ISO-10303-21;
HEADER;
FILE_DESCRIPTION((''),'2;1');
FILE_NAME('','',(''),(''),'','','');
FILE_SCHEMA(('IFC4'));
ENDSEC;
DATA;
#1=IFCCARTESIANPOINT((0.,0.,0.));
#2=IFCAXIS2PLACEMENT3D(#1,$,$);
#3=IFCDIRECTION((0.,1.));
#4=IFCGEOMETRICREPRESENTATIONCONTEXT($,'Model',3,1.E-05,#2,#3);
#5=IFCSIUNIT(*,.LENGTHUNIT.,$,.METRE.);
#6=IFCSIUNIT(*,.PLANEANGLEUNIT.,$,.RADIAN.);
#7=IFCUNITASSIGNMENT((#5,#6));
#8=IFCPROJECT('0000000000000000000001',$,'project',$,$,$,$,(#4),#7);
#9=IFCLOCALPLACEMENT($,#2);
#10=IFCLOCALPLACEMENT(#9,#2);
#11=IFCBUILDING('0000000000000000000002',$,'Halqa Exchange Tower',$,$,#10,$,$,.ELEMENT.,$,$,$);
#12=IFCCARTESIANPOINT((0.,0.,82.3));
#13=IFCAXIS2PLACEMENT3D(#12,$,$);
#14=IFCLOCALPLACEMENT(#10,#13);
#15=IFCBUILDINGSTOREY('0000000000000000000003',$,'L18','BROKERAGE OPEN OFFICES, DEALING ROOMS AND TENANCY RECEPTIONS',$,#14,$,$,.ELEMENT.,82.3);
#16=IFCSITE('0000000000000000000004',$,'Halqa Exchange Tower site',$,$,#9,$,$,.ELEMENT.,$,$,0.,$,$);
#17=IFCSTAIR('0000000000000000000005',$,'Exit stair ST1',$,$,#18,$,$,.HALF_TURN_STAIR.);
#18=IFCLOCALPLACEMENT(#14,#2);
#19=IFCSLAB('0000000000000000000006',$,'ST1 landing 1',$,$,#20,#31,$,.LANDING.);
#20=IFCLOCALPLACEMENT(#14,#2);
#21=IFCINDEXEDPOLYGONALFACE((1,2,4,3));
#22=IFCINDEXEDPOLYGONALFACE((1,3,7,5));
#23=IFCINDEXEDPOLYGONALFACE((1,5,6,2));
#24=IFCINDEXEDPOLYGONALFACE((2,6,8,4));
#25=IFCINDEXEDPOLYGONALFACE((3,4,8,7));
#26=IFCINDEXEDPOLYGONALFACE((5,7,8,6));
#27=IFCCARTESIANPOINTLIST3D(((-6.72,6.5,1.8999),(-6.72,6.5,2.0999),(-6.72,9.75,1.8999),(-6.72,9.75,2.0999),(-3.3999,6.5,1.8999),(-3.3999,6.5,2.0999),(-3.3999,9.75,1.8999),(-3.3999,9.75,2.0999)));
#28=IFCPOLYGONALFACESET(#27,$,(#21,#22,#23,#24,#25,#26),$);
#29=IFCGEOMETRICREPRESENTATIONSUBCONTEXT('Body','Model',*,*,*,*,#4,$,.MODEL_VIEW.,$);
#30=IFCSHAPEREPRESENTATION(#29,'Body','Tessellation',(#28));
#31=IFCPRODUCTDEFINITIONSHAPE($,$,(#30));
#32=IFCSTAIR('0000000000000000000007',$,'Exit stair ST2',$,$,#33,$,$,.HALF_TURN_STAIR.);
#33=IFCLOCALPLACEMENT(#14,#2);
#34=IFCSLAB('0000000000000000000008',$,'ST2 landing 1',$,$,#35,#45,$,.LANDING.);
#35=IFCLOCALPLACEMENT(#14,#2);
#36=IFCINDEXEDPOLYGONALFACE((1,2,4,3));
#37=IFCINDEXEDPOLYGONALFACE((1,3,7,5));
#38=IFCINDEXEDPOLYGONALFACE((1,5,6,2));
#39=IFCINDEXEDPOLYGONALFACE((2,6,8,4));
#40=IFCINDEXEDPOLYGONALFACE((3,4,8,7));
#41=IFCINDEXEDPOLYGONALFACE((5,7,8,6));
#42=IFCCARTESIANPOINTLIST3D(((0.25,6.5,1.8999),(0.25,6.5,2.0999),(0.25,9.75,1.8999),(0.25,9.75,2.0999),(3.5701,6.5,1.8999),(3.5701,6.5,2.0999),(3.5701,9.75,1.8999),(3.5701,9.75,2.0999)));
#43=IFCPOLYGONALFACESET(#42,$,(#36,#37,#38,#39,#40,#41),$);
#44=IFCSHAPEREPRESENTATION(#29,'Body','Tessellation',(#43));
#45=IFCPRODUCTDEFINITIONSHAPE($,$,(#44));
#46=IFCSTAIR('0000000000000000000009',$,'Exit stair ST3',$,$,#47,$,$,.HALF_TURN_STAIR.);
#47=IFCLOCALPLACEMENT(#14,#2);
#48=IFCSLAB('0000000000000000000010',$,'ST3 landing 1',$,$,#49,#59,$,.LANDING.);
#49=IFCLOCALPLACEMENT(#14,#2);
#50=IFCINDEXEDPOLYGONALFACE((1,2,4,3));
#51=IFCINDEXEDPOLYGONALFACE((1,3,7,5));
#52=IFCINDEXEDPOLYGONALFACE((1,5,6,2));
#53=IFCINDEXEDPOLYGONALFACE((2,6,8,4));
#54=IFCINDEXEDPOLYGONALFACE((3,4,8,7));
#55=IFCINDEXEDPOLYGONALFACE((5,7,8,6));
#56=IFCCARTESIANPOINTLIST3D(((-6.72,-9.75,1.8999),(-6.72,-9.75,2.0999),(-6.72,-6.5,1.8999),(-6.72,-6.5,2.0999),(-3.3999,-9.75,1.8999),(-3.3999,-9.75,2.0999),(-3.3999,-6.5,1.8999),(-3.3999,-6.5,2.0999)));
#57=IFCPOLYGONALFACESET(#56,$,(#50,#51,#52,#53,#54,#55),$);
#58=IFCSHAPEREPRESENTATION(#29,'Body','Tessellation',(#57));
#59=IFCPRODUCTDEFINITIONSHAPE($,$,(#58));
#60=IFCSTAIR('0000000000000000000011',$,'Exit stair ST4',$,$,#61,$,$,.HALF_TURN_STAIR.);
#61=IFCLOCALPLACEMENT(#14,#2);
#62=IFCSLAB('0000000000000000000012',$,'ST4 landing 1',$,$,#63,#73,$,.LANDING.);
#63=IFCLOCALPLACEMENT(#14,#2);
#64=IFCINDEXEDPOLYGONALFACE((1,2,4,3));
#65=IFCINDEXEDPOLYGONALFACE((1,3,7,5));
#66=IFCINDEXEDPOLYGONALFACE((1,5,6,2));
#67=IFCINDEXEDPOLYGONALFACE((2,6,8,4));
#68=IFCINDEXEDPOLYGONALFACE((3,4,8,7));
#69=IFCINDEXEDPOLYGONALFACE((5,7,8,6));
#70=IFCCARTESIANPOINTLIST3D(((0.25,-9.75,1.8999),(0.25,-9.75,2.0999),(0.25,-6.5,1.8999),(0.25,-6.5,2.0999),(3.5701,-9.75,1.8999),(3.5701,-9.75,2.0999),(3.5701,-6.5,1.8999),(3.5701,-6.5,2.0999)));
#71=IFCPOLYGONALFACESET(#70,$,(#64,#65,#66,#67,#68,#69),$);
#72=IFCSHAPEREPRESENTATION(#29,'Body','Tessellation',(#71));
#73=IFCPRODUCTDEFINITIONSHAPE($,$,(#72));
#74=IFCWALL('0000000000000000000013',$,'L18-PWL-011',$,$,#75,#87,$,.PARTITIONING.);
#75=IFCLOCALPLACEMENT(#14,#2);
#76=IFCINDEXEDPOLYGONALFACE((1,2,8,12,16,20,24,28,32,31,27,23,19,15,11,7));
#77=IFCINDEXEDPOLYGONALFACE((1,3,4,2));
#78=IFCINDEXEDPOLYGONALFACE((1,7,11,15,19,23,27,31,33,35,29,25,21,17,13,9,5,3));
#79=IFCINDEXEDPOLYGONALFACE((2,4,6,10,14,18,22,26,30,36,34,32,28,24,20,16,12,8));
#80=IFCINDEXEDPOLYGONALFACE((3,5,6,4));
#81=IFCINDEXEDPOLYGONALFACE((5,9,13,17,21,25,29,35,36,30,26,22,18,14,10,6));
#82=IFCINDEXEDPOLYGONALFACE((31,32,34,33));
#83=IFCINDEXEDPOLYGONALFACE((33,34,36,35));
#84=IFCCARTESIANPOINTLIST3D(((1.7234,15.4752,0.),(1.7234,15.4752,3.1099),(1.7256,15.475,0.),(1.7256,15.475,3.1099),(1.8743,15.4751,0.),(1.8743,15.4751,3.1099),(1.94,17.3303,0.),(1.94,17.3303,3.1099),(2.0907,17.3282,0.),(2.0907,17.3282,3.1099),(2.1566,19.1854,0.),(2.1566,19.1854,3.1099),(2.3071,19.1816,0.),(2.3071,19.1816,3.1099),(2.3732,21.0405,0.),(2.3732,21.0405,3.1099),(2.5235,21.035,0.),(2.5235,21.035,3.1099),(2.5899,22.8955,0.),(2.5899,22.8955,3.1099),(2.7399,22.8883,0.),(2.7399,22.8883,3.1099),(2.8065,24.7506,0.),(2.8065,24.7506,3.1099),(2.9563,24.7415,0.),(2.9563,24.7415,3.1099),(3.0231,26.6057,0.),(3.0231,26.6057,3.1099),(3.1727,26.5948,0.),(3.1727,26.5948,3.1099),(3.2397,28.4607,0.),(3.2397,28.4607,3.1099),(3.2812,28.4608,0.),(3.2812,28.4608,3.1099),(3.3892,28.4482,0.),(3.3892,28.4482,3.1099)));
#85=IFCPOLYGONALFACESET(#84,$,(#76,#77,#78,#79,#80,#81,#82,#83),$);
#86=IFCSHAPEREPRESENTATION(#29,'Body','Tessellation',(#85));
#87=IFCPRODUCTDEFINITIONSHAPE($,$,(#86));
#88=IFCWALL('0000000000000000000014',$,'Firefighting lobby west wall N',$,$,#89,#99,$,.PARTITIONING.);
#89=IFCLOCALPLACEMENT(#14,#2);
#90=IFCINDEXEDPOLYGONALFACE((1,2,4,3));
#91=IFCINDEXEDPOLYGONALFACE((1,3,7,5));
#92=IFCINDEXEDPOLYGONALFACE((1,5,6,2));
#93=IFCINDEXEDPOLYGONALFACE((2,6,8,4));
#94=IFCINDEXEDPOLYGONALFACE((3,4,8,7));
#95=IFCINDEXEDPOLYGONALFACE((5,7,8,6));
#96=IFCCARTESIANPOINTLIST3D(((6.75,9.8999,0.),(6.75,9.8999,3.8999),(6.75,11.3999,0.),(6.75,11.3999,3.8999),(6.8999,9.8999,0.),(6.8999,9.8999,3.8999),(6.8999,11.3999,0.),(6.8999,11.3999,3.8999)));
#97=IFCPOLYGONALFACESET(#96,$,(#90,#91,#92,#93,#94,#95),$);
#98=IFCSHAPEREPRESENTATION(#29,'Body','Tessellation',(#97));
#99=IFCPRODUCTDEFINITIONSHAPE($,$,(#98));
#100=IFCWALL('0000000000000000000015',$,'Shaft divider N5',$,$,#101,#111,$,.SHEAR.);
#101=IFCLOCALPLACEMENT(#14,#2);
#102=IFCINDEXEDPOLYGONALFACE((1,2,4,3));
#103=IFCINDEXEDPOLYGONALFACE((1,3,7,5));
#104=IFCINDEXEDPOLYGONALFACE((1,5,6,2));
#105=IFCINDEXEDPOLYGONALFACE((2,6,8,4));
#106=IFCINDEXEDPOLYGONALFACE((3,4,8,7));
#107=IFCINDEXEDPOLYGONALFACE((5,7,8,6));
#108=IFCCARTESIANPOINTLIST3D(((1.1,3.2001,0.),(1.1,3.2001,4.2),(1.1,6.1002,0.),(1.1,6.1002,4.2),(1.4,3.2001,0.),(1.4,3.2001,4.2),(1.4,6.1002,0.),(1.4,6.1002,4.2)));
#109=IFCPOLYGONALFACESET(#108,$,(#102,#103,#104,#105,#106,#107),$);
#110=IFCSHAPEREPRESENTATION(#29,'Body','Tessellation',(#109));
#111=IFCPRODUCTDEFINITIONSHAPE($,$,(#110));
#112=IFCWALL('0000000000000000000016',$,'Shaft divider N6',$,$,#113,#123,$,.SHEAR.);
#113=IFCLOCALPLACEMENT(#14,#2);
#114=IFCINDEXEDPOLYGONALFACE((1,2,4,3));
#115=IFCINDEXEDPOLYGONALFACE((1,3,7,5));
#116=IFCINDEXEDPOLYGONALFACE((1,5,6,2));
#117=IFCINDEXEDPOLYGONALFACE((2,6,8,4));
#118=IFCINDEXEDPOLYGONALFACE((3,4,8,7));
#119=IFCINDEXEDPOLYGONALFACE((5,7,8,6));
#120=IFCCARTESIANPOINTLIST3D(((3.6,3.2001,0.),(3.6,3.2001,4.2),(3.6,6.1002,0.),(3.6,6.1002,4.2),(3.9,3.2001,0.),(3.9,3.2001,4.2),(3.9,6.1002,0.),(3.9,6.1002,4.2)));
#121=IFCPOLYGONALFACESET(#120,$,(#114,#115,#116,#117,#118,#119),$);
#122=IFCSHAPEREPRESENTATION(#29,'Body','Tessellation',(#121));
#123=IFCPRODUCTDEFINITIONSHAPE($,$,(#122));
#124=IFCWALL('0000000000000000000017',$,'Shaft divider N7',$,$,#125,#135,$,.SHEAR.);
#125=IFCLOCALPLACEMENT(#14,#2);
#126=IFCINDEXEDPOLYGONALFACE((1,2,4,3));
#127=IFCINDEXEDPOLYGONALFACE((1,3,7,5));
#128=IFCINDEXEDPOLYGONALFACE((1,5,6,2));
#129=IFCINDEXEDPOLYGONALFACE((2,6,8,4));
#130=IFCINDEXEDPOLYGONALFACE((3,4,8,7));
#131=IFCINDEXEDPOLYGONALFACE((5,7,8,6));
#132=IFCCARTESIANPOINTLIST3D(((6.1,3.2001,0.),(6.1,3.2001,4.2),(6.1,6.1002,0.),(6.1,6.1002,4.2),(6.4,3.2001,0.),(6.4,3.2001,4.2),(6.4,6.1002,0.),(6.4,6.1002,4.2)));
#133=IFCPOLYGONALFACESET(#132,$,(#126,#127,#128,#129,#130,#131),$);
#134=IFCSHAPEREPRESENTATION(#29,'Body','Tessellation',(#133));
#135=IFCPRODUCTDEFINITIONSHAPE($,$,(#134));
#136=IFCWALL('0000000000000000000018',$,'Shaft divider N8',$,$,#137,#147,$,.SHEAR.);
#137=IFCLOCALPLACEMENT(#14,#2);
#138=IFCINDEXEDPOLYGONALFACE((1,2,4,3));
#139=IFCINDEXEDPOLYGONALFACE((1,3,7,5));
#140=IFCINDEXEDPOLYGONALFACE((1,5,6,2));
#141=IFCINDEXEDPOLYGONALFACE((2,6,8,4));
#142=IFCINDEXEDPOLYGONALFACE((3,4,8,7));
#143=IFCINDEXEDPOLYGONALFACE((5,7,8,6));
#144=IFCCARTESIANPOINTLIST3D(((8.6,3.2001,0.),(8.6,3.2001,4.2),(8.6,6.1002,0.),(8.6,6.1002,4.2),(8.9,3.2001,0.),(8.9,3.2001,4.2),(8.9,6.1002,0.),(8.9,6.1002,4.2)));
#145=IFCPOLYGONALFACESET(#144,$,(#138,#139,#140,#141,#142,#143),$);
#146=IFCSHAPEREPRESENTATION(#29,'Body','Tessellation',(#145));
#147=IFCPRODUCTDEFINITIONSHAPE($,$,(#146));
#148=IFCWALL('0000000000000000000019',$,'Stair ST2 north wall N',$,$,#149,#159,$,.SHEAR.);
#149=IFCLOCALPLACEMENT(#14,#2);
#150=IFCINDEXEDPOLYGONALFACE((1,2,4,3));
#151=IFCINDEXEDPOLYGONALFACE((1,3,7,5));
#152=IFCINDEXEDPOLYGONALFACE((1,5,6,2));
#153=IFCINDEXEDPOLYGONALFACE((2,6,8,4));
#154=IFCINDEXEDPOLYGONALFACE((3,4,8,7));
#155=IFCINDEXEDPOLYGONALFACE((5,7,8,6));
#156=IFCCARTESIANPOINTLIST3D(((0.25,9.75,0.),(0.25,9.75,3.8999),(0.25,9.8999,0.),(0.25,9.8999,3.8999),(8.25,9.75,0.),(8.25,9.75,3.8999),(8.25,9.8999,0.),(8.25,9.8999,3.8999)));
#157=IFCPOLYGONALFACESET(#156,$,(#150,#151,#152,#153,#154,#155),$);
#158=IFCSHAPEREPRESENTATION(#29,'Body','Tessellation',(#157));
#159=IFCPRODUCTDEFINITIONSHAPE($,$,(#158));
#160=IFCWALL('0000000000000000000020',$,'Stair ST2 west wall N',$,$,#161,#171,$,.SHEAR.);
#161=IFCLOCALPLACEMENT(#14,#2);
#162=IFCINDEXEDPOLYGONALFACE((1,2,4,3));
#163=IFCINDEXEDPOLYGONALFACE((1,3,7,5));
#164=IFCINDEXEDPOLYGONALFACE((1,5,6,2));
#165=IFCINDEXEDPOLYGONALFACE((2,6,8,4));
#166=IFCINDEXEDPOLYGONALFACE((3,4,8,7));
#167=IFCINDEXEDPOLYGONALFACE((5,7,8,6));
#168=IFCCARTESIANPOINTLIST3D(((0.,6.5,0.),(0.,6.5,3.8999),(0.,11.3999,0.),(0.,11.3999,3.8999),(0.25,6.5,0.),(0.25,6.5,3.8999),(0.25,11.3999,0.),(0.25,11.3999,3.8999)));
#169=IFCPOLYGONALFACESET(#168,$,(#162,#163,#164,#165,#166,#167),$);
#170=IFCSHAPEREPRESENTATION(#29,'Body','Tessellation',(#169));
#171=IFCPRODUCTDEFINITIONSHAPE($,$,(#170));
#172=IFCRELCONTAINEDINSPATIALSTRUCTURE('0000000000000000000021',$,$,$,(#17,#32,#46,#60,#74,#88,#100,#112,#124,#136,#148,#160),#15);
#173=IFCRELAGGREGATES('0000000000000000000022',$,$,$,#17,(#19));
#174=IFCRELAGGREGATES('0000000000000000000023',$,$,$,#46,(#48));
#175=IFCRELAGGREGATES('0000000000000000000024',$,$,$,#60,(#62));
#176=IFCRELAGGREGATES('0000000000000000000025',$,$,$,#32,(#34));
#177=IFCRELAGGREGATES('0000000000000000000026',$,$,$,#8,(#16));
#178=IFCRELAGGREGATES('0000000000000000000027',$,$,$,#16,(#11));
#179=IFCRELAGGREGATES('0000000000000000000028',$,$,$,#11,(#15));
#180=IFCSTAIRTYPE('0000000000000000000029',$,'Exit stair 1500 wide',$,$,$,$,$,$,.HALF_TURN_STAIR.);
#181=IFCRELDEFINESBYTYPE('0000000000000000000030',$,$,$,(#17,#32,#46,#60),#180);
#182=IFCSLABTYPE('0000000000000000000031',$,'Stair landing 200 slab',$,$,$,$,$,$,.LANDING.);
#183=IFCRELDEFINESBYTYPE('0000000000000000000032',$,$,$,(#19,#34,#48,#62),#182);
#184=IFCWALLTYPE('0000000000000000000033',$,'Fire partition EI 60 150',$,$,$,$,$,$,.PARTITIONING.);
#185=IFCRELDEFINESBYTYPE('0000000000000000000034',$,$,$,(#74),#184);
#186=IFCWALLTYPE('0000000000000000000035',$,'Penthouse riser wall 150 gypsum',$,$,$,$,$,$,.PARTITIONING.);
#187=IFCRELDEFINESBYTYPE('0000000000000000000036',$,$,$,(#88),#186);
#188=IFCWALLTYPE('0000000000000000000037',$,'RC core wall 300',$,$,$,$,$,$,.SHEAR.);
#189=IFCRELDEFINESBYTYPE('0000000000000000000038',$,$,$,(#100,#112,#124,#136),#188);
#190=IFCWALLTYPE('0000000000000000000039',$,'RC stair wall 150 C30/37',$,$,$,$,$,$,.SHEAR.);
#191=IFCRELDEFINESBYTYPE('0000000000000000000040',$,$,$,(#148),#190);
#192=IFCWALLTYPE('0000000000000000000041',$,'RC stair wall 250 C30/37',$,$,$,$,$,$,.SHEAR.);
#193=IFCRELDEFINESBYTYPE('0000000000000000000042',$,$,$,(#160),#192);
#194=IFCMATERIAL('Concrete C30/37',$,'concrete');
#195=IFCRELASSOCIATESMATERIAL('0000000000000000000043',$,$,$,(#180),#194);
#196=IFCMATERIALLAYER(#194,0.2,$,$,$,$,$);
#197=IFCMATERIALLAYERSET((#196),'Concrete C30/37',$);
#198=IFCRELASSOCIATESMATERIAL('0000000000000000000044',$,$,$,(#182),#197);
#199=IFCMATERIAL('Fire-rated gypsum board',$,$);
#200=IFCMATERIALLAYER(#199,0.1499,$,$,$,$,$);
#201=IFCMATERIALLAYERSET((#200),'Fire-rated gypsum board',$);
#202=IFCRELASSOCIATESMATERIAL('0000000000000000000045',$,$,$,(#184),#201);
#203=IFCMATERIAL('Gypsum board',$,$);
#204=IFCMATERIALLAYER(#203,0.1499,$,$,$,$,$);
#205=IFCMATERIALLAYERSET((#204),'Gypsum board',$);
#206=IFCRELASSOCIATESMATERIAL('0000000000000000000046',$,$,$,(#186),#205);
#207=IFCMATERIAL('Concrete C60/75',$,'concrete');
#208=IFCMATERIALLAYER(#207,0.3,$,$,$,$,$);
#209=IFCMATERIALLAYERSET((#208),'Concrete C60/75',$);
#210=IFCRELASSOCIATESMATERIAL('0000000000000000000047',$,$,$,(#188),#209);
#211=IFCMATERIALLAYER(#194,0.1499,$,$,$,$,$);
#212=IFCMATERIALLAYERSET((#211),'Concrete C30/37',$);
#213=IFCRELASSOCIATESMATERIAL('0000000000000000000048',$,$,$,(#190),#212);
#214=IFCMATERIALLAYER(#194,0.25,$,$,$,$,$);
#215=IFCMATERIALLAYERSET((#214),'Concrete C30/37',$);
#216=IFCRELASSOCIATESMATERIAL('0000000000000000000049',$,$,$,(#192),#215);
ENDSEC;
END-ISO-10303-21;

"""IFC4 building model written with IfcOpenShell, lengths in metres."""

from ifc_helpers import new_model, si_unit, direction, frame, frame_2d, origin, place, context, subcontext, project, spatial, polyline, rectangle, outline, extrude, material, layer, layer_set, type_object, element, aggregate, save


model = new_model("IFC4")

# Units and contexts
model_context = context("Model", 3, precision=1e-05, world=origin(), true_north=direction((0.0, 1.0)))
body_context = subcontext(model_context, "Body", "Model", "MODEL_VIEW")
ifc_project = project(units=[si_unit("LENGTHUNIT", "METRE"), si_unit("PLANEANGLEUNIT", "RADIAN")], contexts=[model_context])

# Site, building, storey
site_placement = place(None, origin())
site = spatial("IfcSite", under=ifc_project, at=site_placement, Name="Halqa Exchange Tower site", CompositionType="ELEMENT", RefElevation=0.0)
building_placement = place(site_placement, origin())
building = spatial("IfcBuilding", under=site, at=building_placement, Name="Halqa Exchange Tower", CompositionType="ELEMENT")
storey_placement = place(building_placement, frame((0.0, 0.0, 82.3)))
storey = spatial("IfcBuildingStorey", under=building, at=storey_placement, Name="L18", Description="BROKERAGE OPEN OFFICES, DEALING ROOMS AND TENANCY RECEPTIONS", CompositionType="ELEMENT", Elevation=82.3)

# Shared definitions
ifc_material_1 = material(Name="Concrete C60/75", Category="concrete")

# Stairs, slabs
ifc_material_2 = material(Name="Concrete C30/37", Category="concrete")
stair_type = type_object("IfcStairType", Name="Exit stair 1500 wide", PredefinedType="HALF_TURN_STAIR", material=ifc_material_2)
stair_1_placement = place(storey_placement, origin())
stair_1 = element("IfcStair", 1, at=stair_1_placement, inside=storey, type_object=stair_type, Name="Exit stair ST1", PredefinedType="HALF_TURN_STAIR")
ifc_layer_1 = layer(ifc_material_2, 0.2)
ifc_layer_set_1 = layer_set([ifc_layer_1], Name="Concrete C30/37")
slab_type_1 = type_object("IfcSlabType", Name="Stair landing 200 slab", PredefinedType="LANDING", material=ifc_layer_set_1)
slab_1_placement = place(storey_placement, frame((0.0, 0.0, 1.8999)))
slab_1 = element("IfcSlab", 2, at=slab_1_placement, type_object=slab_type_1, Name="ST1 landing 1", PredefinedType="LANDING", context=body_context, shape_type="SweptSolid", body=[
    extrude(outline(polyline([(-6.72, 6.5), (-3.3999, 6.5), (-3.3999, 9.75), (-6.72, 9.75), (-6.72, 6.5)])), origin(), (0.0, 0.0, 1.0), 0.2),
])
aggregate(stair_1, [slab_1])
stair_2_placement = place(storey_placement, origin())
stair_2 = element("IfcStair", 3, at=stair_2_placement, inside=storey, type_object=stair_type, Name="Exit stair ST2", PredefinedType="HALF_TURN_STAIR")
slab_2_placement = place(storey_placement, frame((0.0, 0.0, 1.8999)))
slab_2 = element("IfcSlab", 4, at=slab_2_placement, type_object=slab_type_1, Name="ST2 landing 1", PredefinedType="LANDING", context=body_context, shape_type="SweptSolid", body=[
    extrude(outline(polyline([(0.25, 6.5), (3.5701, 6.5), (3.5701, 9.75), (0.25, 9.75), (0.25, 6.5)])), origin(), (0.0, 0.0, 1.0), 0.2),
])
stair_3_placement = place(storey_placement, origin())
stair_3 = element("IfcStair", 5, at=stair_3_placement, inside=storey, type_object=stair_type, Name="Exit stair ST3", PredefinedType="HALF_TURN_STAIR")
slab_3_placement = place(storey_placement, frame((0.0, 0.0, 1.8999)))
slab_3 = element("IfcSlab", 6, at=slab_3_placement, type_object=slab_type_1, Name="ST3 landing 1", PredefinedType="LANDING", context=body_context, shape_type="SweptSolid", body=[
    extrude(outline(polyline([(-6.72, -9.75), (-3.3999, -9.75), (-3.3999, -6.5), (-6.72, -6.5), (-6.72, -9.75)])), origin(), (0.0, 0.0, 1.0), 0.2),
])
aggregate(stair_3, [slab_3])
stair_4_placement = place(storey_placement, origin())
stair_4 = element("IfcStair", 7, at=stair_4_placement, inside=storey, type_object=stair_type, Name="Exit stair ST4", PredefinedType="HALF_TURN_STAIR")
slab_4_placement = place(storey_placement, frame((0.0, 0.0, 1.8999)))
slab_4 = element("IfcSlab", 8, at=slab_4_placement, type_object=slab_type_1, Name="ST4 landing 1", PredefinedType="LANDING", context=body_context, shape_type="SweptSolid", body=[
    extrude(outline(polyline([(0.25, -9.75), (3.5701, -9.75), (3.5701, -6.5), (0.25, -6.5), (0.25, -9.75)])), origin(), (0.0, 0.0, 1.0), 0.2),
])
aggregate(stair_4, [slab_4])

# Walls
ifc_material_3 = material(Name="Fire-rated gypsum board")
ifc_layer_2 = layer(ifc_material_3, 0.1499)
ifc_layer_set_2 = layer_set([ifc_layer_2], Name="Fire-rated gypsum board")
wall_type_1 = type_object("IfcWallType", Name="Fire partition EI 60 150", PredefinedType="PARTITIONING", material=ifc_layer_set_2)
wall_1_placement = place(storey_placement, frame((1.7979, 15.4666, 0.0), z_axis=(0.0, 0.0, 1.0), x_axis=(0.11598, 0.993252, 0.0)))
element("IfcWall", 9, at=wall_1_placement, inside=storey, type_object=wall_type_1, Name="L18-PWL-011", PredefinedType="PARTITIONING", context=body_context, shape_type="SweptSolid", body=[
    extrude(outline(polyline([(13.0786, -0.075), (13.0786, 0.0337), (13.0737, 0.075), (11.2061, 0.075), (9.3384, 0.075), (7.4707, 0.075), (5.603, 0.075), (3.7354, 0.075), (1.8677, 0.075), (0.0, 0.075), (0.0, 0.0728), (0.0173, -0.075), (1.8831, -0.075), (3.749, -0.075), (5.615, -0.075), (7.481, -0.075), (9.3467, -0.075), (11.2126, -0.075), (13.0786, -0.075)])), origin(), (0.0, 0.0, 1.0), 3.1099),
])
ifc_material_4 = material(Name="Gypsum board")
ifc_layer_3 = layer(ifc_material_4, 0.1499)
ifc_layer_set_3 = layer_set([ifc_layer_3], Name="Gypsum board")
wall_type_2 = type_object("IfcWallType", Name="Penthouse riser wall 150 gypsum", PredefinedType="PARTITIONING", material=ifc_layer_set_3)
wall_2_placement = place(storey_placement, frame((6.825, 9.8999, 0.0), z_axis=(0.0, 0.0, 1.0), x_axis=(0.0, 1.0, 0.0)))
element("IfcWall", 10, at=wall_2_placement, inside=storey, type_object=wall_type_2, Name="Firefighting lobby west wall N", PredefinedType="PARTITIONING", context=body_context, shape_type="SweptSolid", body=[
    extrude(rectangle(XDim=1.5, YDim=0.1499, at=frame_2d((0.75, 0.0))), origin(), (0.0, 0.0, 1.0), 3.8999),
])
ifc_layer_4 = layer(ifc_material_1, 0.3)
ifc_layer_set_4 = layer_set([ifc_layer_4], Name="Concrete C60/75")
wall_type_3 = type_object("IfcWallType", Name="RC core wall 300", PredefinedType="SHEAR", material=ifc_layer_set_4)
for number, where, z_axis, x_axis, name in (
    (11, (1.25, 3.2, 0.0), (0.0, 0.0, 1.0), (0.0, 1.0, 0.0), "Shaft divider N5"),
    (12, (3.75, 3.2, 0.0), (0.0, 0.0, 1.0), (0.0, 1.0, 0.0), "Shaft divider N6"),
    (13, (6.25, 3.2, 0.0), (0.0, 0.0, 1.0), (0.0, 1.0, 0.0), "Shaft divider N7"),
    (14, (8.75, 3.2, 0.0), (0.0, 0.0, 1.0), (0.0, 1.0, 0.0), "Shaft divider N8"),
):
    element("IfcWall", number, at=place(storey_placement, frame(where, z_axis=z_axis, x_axis=x_axis)), inside=storey, type_object=wall_type_3, Name=name, PredefinedType="SHEAR", context=body_context, shape_type="SweptSolid", body=[
        extrude(rectangle(XDim=2.9001, YDim=0.3, at=frame_2d((1.4502, 0.0))), origin(), (0.0, 0.0, 1.0), 4.2),
    ])
ifc_layer_5 = layer(ifc_material_2, 0.1499)
ifc_layer_set_5 = layer_set([ifc_layer_5], Name="Concrete C30/37")
wall_type_4 = type_object("IfcWallType", Name="RC stair wall 150 C30/37", PredefinedType="SHEAR", material=ifc_layer_set_5)
wall_3_placement = place(storey_placement, frame((0.25, 9.825, 0.0), z_axis=(0.0, 0.0, 1.0), x_axis=(1.0, 0.0, 0.0)))
element("IfcWall", 15, at=wall_3_placement, inside=storey, type_object=wall_type_4, Name="Stair ST2 north wall N", PredefinedType="SHEAR", context=body_context, shape_type="SweptSolid", body=[
    extrude(rectangle(XDim=8.0, YDim=0.1499, at=frame_2d((4.0, 0.0))), origin(), (0.0, 0.0, 1.0), 3.8999),
])
ifc_layer_6 = layer(ifc_material_2, 0.25)
ifc_layer_set_6 = layer_set([ifc_layer_6], Name="Concrete C30/37")
wall_type_5 = type_object("IfcWallType", Name="RC stair wall 250 C30/37", PredefinedType="SHEAR", material=ifc_layer_set_6)
wall_4_placement = place(storey_placement, frame((0.125, 6.5, 0.0), z_axis=(0.0, 0.0, 1.0), x_axis=(0.0, 1.0, 0.0)))
element("IfcWall", 16, at=wall_4_placement, inside=storey, type_object=wall_type_5, Name="Stair ST2 west wall N", PredefinedType="SHEAR", context=body_context, shape_type="SweptSolid", body=[
    extrude(rectangle(XDim=4.8999, YDim=0.25, at=frame_2d((2.45, 0.0))), origin(), (0.0, 0.0, 1.0), 3.8999),
])

aggregate(stair_2, [slab_2])

save(model, "model.ifc")
